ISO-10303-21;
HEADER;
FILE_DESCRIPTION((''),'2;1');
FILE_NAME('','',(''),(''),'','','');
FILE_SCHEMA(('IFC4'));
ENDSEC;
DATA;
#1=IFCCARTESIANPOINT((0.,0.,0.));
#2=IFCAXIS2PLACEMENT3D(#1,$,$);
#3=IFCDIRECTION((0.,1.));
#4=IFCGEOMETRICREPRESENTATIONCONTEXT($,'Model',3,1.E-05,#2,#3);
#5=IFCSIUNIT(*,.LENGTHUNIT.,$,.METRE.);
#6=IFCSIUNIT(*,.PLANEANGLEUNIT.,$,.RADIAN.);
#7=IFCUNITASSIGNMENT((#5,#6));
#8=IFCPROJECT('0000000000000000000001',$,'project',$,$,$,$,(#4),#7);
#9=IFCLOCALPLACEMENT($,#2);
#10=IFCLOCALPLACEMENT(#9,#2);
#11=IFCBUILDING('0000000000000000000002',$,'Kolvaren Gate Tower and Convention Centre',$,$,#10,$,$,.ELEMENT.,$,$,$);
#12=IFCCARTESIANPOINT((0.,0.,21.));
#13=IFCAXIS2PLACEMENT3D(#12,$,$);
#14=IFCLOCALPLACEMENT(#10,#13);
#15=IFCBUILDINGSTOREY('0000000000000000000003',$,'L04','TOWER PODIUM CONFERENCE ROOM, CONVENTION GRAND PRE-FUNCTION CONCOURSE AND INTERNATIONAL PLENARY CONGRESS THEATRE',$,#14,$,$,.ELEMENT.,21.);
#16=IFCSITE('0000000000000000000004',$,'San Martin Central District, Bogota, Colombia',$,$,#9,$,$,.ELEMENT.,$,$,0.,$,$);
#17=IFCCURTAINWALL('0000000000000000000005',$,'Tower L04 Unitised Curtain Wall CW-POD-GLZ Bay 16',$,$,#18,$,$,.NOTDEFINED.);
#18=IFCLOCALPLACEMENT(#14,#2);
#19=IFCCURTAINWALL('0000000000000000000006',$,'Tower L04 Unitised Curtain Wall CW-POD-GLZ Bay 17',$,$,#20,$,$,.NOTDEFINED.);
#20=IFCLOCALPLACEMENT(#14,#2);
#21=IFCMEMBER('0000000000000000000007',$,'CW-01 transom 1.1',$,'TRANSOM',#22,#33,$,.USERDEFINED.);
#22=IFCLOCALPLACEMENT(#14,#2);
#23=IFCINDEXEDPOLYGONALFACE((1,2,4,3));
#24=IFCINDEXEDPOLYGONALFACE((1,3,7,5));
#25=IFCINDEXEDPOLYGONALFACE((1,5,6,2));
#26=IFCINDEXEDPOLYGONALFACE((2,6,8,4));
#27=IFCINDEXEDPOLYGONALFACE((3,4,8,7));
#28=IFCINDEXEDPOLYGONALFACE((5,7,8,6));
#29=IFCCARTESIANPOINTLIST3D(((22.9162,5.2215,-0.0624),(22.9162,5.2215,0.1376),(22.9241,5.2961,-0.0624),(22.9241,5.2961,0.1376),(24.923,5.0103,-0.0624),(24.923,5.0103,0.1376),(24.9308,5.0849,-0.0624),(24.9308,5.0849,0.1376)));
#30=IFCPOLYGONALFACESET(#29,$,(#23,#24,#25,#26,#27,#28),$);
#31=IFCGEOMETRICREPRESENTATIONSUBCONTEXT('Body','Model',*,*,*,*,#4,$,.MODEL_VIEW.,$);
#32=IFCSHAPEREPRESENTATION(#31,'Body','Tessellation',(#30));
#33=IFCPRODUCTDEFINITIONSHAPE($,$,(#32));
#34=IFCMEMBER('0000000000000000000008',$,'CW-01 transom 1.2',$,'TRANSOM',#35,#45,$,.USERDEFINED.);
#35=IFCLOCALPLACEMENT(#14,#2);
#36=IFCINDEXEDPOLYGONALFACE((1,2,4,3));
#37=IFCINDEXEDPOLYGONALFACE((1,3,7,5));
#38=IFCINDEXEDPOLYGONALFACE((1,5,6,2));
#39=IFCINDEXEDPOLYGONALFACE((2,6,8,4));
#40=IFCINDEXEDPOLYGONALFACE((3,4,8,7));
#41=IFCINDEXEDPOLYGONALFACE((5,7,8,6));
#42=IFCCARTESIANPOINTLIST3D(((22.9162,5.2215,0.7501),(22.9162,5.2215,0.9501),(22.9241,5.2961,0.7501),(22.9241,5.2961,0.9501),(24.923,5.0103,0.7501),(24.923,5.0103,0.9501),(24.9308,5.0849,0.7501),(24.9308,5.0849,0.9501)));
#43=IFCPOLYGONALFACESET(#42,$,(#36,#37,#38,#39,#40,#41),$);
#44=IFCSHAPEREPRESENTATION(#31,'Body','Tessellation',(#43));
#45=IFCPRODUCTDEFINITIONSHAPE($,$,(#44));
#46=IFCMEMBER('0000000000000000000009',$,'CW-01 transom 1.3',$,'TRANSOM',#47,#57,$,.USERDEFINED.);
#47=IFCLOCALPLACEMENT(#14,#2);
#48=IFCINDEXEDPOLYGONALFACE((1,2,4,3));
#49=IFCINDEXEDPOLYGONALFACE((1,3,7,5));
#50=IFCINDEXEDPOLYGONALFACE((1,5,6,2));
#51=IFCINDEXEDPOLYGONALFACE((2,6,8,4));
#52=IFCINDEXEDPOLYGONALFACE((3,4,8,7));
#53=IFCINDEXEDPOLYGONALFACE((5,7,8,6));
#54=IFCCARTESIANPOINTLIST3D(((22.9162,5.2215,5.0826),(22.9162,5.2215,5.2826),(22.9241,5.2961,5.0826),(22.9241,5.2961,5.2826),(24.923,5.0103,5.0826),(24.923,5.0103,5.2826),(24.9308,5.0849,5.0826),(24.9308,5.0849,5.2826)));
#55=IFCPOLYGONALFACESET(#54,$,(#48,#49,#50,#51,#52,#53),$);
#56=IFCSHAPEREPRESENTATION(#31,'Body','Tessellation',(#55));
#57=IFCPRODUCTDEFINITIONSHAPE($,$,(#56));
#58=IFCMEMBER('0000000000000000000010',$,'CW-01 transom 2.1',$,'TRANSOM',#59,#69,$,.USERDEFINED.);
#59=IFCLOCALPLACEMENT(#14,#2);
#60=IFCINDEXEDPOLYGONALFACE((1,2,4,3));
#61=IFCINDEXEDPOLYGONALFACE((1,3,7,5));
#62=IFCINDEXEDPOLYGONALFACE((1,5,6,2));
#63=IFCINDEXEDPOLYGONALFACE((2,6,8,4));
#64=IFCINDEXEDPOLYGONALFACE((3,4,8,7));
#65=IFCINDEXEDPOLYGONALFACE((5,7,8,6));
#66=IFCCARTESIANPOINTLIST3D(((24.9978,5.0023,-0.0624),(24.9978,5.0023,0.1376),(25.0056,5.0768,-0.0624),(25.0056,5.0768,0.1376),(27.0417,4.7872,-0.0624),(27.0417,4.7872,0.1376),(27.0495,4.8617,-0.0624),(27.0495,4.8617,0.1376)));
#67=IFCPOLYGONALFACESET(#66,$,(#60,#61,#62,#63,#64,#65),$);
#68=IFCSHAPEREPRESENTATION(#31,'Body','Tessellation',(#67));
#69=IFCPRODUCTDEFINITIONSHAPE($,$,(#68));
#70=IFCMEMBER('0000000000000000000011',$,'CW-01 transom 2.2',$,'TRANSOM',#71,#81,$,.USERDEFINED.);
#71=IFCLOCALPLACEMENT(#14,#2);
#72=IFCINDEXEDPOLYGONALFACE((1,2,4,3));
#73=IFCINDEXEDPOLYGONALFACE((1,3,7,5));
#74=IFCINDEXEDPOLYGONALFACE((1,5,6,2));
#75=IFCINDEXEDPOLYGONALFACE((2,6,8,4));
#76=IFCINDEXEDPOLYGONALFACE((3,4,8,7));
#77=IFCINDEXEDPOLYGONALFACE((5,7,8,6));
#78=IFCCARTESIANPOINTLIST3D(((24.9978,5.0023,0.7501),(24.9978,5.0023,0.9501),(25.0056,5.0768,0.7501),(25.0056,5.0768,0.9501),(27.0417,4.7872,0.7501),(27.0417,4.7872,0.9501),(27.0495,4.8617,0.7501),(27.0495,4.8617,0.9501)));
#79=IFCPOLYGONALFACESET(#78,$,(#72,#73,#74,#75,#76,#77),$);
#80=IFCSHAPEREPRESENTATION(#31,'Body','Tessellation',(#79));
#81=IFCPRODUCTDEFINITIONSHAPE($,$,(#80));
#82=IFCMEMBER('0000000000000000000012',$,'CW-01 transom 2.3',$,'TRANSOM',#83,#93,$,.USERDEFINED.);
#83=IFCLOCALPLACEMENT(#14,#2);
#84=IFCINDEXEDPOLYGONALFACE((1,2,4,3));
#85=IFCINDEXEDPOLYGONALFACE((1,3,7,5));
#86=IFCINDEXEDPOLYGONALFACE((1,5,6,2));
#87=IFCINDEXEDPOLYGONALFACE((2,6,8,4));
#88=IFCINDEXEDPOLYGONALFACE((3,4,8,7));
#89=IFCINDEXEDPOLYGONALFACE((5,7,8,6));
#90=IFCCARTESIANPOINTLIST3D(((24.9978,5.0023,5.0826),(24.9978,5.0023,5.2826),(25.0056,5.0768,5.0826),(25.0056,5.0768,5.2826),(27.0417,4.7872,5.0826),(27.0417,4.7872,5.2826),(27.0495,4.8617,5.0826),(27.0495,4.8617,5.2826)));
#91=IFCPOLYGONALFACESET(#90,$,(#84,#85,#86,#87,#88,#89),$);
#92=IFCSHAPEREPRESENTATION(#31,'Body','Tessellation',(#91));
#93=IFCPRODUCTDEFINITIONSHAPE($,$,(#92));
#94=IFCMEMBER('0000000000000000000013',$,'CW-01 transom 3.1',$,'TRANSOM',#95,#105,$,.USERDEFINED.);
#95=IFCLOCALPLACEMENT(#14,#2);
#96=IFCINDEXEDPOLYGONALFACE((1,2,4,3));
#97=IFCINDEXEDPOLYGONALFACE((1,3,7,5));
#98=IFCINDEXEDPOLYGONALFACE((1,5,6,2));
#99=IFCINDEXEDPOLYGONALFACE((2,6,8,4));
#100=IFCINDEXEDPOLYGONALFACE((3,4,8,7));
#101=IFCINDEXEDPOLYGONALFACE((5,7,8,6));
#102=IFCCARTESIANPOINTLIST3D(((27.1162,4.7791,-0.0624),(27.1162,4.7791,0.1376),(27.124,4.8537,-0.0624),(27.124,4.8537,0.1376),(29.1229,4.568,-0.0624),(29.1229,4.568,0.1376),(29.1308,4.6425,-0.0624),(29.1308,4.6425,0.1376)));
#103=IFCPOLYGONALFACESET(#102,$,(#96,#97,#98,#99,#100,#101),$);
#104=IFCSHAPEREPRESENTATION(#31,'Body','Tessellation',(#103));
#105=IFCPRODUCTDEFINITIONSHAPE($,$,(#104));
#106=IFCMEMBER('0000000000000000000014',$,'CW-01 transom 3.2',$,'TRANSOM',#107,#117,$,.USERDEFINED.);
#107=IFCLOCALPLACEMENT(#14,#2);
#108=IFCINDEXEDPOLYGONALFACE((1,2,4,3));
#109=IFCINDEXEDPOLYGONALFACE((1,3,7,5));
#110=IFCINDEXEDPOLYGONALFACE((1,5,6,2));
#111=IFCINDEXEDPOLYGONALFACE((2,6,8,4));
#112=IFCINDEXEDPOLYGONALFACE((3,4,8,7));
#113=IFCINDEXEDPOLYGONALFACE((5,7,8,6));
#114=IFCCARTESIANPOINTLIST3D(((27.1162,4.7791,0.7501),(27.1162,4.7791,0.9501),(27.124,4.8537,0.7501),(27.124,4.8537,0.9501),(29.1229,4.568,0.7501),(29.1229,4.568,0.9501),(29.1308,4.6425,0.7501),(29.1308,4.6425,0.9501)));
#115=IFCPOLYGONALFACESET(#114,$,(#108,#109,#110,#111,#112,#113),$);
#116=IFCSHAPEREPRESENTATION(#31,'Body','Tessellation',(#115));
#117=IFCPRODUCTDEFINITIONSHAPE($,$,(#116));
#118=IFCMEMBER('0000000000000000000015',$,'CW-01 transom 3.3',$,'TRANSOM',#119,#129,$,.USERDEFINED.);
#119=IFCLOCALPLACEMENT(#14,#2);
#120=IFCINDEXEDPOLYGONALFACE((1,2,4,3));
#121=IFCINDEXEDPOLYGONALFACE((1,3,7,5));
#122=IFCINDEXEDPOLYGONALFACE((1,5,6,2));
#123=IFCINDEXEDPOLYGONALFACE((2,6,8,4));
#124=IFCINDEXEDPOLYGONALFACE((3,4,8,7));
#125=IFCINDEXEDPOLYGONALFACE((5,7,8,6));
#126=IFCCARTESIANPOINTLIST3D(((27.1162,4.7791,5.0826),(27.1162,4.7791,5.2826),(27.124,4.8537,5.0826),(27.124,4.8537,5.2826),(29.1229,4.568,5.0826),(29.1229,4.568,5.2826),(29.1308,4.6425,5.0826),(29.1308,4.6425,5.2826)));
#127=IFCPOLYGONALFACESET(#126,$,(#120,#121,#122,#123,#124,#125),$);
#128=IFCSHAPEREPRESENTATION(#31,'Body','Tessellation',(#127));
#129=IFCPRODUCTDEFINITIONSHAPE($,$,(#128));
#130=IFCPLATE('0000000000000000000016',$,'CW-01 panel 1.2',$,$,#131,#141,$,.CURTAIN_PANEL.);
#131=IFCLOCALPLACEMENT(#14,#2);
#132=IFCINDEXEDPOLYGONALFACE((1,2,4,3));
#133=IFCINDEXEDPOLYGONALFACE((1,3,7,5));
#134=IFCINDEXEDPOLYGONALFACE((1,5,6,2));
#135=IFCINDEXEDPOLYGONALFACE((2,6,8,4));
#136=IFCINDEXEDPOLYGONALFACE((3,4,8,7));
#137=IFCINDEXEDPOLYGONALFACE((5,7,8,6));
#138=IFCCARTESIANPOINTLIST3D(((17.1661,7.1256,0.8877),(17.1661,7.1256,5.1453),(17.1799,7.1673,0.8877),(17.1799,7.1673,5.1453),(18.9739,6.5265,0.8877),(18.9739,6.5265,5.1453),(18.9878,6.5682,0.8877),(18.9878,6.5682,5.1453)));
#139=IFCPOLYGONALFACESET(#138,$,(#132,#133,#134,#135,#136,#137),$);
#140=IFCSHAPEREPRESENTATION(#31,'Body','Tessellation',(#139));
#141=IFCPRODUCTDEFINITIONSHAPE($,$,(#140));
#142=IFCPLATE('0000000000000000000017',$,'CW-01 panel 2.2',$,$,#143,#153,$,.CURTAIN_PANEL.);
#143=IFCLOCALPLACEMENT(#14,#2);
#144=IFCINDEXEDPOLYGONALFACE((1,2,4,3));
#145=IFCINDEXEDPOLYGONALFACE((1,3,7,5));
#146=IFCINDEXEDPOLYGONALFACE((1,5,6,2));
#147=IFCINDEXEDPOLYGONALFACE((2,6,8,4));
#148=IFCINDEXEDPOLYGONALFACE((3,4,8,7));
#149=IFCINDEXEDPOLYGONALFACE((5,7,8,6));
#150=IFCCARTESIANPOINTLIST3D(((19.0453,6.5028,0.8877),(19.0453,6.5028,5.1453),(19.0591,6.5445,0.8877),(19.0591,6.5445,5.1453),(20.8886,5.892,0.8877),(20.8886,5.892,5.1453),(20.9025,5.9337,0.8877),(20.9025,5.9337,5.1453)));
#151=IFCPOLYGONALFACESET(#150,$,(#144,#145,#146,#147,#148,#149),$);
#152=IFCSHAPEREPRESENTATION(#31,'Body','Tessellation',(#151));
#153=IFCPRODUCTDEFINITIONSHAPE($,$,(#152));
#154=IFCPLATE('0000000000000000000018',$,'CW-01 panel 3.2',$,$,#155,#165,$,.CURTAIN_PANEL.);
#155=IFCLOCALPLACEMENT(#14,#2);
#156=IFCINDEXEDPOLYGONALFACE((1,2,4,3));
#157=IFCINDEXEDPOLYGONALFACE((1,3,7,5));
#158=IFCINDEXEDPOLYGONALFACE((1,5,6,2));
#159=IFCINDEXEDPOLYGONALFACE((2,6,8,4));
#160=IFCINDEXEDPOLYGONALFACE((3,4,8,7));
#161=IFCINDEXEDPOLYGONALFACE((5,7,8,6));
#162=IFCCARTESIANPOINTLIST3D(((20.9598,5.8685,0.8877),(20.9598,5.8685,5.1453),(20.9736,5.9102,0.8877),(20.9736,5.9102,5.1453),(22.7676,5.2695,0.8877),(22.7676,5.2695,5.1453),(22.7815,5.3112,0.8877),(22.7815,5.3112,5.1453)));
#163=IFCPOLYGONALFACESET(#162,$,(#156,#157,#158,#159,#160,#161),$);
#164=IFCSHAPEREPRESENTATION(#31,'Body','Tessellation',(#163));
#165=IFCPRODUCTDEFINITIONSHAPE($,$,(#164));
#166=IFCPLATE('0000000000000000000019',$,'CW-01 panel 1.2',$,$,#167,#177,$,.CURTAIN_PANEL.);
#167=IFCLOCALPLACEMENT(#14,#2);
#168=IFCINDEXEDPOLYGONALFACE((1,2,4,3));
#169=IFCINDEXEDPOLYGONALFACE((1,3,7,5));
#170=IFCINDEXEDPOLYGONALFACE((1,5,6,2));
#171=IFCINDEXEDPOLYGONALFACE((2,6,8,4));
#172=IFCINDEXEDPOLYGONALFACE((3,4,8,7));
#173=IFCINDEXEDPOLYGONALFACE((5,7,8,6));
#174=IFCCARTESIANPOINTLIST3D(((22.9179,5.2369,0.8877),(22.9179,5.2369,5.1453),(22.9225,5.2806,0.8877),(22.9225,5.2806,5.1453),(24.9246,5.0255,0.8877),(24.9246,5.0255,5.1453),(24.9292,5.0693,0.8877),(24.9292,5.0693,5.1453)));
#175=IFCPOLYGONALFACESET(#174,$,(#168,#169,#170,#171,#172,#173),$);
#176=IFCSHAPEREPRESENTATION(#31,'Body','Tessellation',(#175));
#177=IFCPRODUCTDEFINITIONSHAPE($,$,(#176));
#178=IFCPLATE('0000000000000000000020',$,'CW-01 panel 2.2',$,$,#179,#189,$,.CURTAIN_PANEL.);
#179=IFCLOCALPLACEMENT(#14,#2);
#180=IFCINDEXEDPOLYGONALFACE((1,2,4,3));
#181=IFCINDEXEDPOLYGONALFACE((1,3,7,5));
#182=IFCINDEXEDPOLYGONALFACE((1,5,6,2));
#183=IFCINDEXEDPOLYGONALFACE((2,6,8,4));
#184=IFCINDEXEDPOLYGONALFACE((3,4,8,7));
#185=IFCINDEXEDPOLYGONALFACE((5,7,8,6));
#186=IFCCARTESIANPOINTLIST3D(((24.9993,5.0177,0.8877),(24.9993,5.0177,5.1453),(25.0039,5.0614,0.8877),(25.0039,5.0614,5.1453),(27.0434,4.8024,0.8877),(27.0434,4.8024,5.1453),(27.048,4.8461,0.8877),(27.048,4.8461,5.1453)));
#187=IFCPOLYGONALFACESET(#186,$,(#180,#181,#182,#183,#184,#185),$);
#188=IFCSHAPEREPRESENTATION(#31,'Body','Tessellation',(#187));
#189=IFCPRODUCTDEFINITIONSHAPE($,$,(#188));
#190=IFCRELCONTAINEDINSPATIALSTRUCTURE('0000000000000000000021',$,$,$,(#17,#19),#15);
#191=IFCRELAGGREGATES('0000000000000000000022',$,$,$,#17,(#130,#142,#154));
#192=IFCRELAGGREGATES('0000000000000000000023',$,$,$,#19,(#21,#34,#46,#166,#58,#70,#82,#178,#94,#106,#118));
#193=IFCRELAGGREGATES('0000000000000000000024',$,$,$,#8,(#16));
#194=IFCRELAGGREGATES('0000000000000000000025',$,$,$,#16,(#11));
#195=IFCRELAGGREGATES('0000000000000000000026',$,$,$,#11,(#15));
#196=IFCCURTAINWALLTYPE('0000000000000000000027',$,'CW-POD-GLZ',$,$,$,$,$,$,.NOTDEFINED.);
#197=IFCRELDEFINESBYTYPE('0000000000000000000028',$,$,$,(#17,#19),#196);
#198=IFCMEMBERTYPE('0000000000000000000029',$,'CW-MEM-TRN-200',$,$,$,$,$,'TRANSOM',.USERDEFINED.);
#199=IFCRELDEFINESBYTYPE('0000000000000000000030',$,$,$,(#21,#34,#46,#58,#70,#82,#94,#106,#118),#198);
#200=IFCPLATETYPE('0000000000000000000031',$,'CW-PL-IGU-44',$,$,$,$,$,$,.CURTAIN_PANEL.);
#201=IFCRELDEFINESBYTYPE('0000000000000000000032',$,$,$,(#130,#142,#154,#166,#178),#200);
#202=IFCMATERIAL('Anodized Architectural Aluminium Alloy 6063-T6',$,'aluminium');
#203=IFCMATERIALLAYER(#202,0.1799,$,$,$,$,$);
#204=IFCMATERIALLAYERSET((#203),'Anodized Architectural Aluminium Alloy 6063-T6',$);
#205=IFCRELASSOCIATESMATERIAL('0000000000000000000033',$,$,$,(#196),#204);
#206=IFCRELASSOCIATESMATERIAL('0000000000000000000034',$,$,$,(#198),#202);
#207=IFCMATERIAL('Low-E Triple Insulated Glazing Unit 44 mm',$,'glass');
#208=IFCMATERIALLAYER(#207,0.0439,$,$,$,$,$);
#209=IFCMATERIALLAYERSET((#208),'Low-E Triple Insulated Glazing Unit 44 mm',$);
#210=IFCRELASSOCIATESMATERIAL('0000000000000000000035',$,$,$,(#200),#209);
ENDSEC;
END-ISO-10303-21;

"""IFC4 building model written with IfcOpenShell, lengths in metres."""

from ifc_helpers import new_model, si_unit, direction, frame, origin, origin_2d, place, context, subcontext, project, spatial, rectangle, extrude, material, layer, layer_set, material_profile, profile_set, type_object, element, aggregate, save


model = new_model("IFC4")

# Units and contexts
model_context = context("Model", 3, precision=1e-05, world=origin(), true_north=direction((0.0, 1.0)))
body_context = subcontext(model_context, "Body", "Model", "MODEL_VIEW")
ifc_project = project(units=[si_unit("LENGTHUNIT", "METRE"), si_unit("PLANEANGLEUNIT", "RADIAN")], contexts=[model_context])

# Site, building, storey
site_placement = place(None, origin())
site = spatial("IfcSite", under=ifc_project, at=site_placement, Name="San Martin Central District, Bogota, Colombia", CompositionType="ELEMENT", RefElevation=0.0)
building_placement = place(site_placement, origin())
building = spatial("IfcBuilding", under=site, at=building_placement, Name="Kolvaren Gate Tower and Convention Centre", CompositionType="ELEMENT")
storey_placement = place(building_placement, frame((0.0, 0.0, 21.0)))
storey = spatial("IfcBuildingStorey", under=building, at=storey_placement, Name="L04", Description="TOWER PODIUM CONFERENCE ROOM, CONVENTION GRAND PRE-FUNCTION CONCOURSE AND INTERNATIONAL PLENARY CONGRESS THEATRE", CompositionType="ELEMENT", Elevation=21.0)

# Curtain walls
ifc_material_1 = material(Name="Anodized Architectural Aluminium Alloy 6063-T6", Category="aluminium")
ifc_layer_1 = layer(ifc_material_1, 0.1799)
ifc_layer_set_1 = layer_set([ifc_layer_1], Name="Anodized Architectural Aluminium Alloy 6063-T6")
curtain_wall_type = type_object("IfcCurtainWallType", Name="CW-POD-GLZ", PredefinedType="NOTDEFINED", material=ifc_layer_set_1)
curtain_wall_1_placement = place(storey_placement, origin())
curtain_wall_1 = element("IfcCurtainWall", 1, at=curtain_wall_1_placement, inside=storey, type_object=curtain_wall_type, Name="Tower L04 Unitised Curtain Wall CW-POD-GLZ Bay 16", PredefinedType="NOTDEFINED")
curtain_wall_2_placement = place(storey_placement, origin())
curtain_wall_2 = element("IfcCurtainWall", 2, at=curtain_wall_2_placement, inside=storey, type_object=curtain_wall_type, Name="Tower L04 Unitised Curtain Wall CW-POD-GLZ Bay 17", PredefinedType="NOTDEFINED")

# Members
ifc_material_profile_1 = material_profile(ifc_material_1, rectangle(XDim=0.075, YDim=0.2, at=origin_2d()), Name="CW-MEM-TRN-200")
ifc_profile_set_1 = profile_set([ifc_material_profile_1], Name="Anodized Architectural Aluminium Alloy 6063-T6")
member_type_1 = type_object("IfcMemberType", Name="CW-MEM-TRN-200", ElementType="TRANSOM", PredefinedType="USERDEFINED", material=ifc_profile_set_1)
member_1_placement = place(storey_placement, frame((22.9202, 5.2588, 0.0376), z_axis=(0.994509, -0.104653, 0.0), x_axis=(0.104653, 0.994509, 0.0)))
member_1 = element("IfcMember", 3, at=member_1_placement, type_object=member_type_1, Name="CW-01 transom 1.1", ObjectType="TRANSOM", PredefinedType="USERDEFINED", context=body_context, shape_type="SweptSolid", body=[
    extrude(rectangle(XDim=0.075, YDim=0.2, at=origin_2d()), origin(), (0.0, 0.0, 1.0), 2.0178),
])
member_2_placement = place(storey_placement, frame((22.9202, 5.2588, 0.8501), z_axis=(0.994509, -0.104653, 0.0), x_axis=(0.104653, 0.994509, 0.0)))
member_2 = element("IfcMember", 4, at=member_2_placement, type_object=member_type_1, Name="CW-01 transom 1.2", ObjectType="TRANSOM", PredefinedType="USERDEFINED", context=body_context, shape_type="SweptSolid", body=[
    extrude(rectangle(XDim=0.075, YDim=0.2, at=origin_2d()), origin(), (0.0, 0.0, 1.0), 2.0178),
])
member_3_placement = place(storey_placement, frame((22.9202, 5.2588, 5.1826), z_axis=(0.994509, -0.104653, 0.0), x_axis=(0.104653, 0.994509, 0.0)))
member_3 = element("IfcMember", 5, at=member_3_placement, type_object=member_type_1, Name="CW-01 transom 1.3", ObjectType="TRANSOM", PredefinedType="USERDEFINED", context=body_context, shape_type="SweptSolid", body=[
    extrude(rectangle(XDim=0.075, YDim=0.2, at=origin_2d()), origin(), (0.0, 0.0, 1.0), 2.0178),
])
member_4_placement = place(storey_placement, frame((25.0017, 5.0396, 0.0376), z_axis=(0.994509, -0.104654, 0.0), x_axis=(0.104654, 0.994509, 0.0)))
member_4 = element("IfcMember", 6, at=member_4_placement, type_object=member_type_1, Name="CW-01 transom 2.1", ObjectType="TRANSOM", PredefinedType="USERDEFINED", context=body_context, shape_type="SweptSolid", body=[
    extrude(rectangle(XDim=0.075, YDim=0.2, at=origin_2d()), origin(), (0.0, 0.0, 1.0), 2.0552),
])
member_5_placement = place(storey_placement, frame((25.0017, 5.0396, 0.8501), z_axis=(0.994509, -0.104654, 0.0), x_axis=(0.104654, 0.994509, 0.0)))
member_5 = element("IfcMember", 7, at=member_5_placement, type_object=member_type_1, Name="CW-01 transom 2.2", ObjectType="TRANSOM", PredefinedType="USERDEFINED", context=body_context, shape_type="SweptSolid", body=[
    extrude(rectangle(XDim=0.075, YDim=0.2, at=origin_2d()), origin(), (0.0, 0.0, 1.0), 2.0552),
])
member_6_placement = place(storey_placement, frame((25.0017, 5.0396, 5.1826), z_axis=(0.994509, -0.104654, 0.0), x_axis=(0.104654, 0.994509, 0.0)))
member_6 = element("IfcMember", 8, at=member_6_placement, type_object=member_type_1, Name="CW-01 transom 2.3", ObjectType="TRANSOM", PredefinedType="USERDEFINED", context=body_context, shape_type="SweptSolid", body=[
    extrude(rectangle(XDim=0.075, YDim=0.2, at=origin_2d()), origin(), (0.0, 0.0, 1.0), 2.0552),
])
member_7_placement = place(storey_placement, frame((27.1201, 4.8164, 0.0376), z_axis=(0.994509, -0.104653, 0.0), x_axis=(0.104653, 0.994509, 0.0)))
member_7 = element("IfcMember", 9, at=member_7_placement, type_object=member_type_1, Name="CW-01 transom 3.1", ObjectType="TRANSOM", PredefinedType="USERDEFINED", context=body_context, shape_type="SweptSolid", body=[
    extrude(rectangle(XDim=0.075, YDim=0.2, at=origin_2d()), origin(), (0.0, 0.0, 1.0), 2.0178),
])
member_8_placement = place(storey_placement, frame((27.1201, 4.8164, 0.8501), z_axis=(0.994509, -0.104653, 0.0), x_axis=(0.104653, 0.994509, 0.0)))
member_8 = element("IfcMember", 10, at=member_8_placement, type_object=member_type_1, Name="CW-01 transom 3.2", ObjectType="TRANSOM", PredefinedType="USERDEFINED", context=body_context, shape_type="SweptSolid", body=[
    extrude(rectangle(XDim=0.075, YDim=0.2, at=origin_2d()), origin(), (0.0, 0.0, 1.0), 2.0178),
])
member_9_placement = place(storey_placement, frame((27.1201, 4.8164, 5.1826), z_axis=(0.994509, -0.104653, 0.0), x_axis=(0.104653, 0.994509, 0.0)))
member_9 = element("IfcMember", 11, at=member_9_placement, type_object=member_type_1, Name="CW-01 transom 3.3", ObjectType="TRANSOM", PredefinedType="USERDEFINED", context=body_context, shape_type="SweptSolid", body=[
    extrude(rectangle(XDim=0.075, YDim=0.2, at=origin_2d()), origin(), (0.0, 0.0, 1.0), 2.0178),
])

# Plates
ifc_material_2 = material(Name="Low-E Triple Insulated Glazing Unit 44 mm", Category="glass")
ifc_layer_2 = layer(ifc_material_2, 0.0439)
ifc_layer_set_2 = layer_set([ifc_layer_2], Name="Low-E Triple Insulated Glazing Unit 44 mm")
plate_type_1 = type_object("IfcPlateType", Name="CW-PL-IGU-44", PredefinedType="CURTAIN_PANEL", material=ifc_layer_set_2)
plate_1_placement = place(storey_placement, frame((18.0769, 6.8469, 0.8877), z_axis=(0.0, 0.0, 1.0), x_axis=(0.949242, -0.314547, 0.0)))
plate_1 = element("IfcPlate", 12, at=plate_1_placement, type_object=plate_type_1, Name="CW-01 panel 1.2", PredefinedType="CURTAIN_PANEL", context=body_context, shape_type="SweptSolid", body=[
    extrude(rectangle(XDim=1.9045, YDim=0.0439, at=origin_2d()), origin(), (0.0, 0.0, 1.0), 4.2576),
])
plate_2_placement = place(storey_placement, frame((19.9739, 6.2183, 0.8877), z_axis=(0.0, 0.0, 1.0), x_axis=(0.949242, -0.314547, 0.0)))
plate_2 = element("IfcPlate", 13, at=plate_2_placement, type_object=plate_type_1, Name="CW-01 panel 2.2", PredefinedType="CURTAIN_PANEL", context=body_context, shape_type="SweptSolid", body=[
    extrude(rectangle(XDim=1.9419, YDim=0.0439, at=origin_2d()), origin(), (0.0, 0.0, 1.0), 4.2576),
])
plate_3_placement = place(storey_placement, frame((21.8706, 5.5898, 0.8877), z_axis=(0.0, 0.0, 1.0), x_axis=(0.949242, -0.314547, 0.0)))
plate_3 = element("IfcPlate", 14, at=plate_3_placement, type_object=plate_type_1, Name="CW-01 panel 3.2", PredefinedType="CURTAIN_PANEL", context=body_context, shape_type="SweptSolid", body=[
    extrude(rectangle(XDim=1.9045, YDim=0.0439, at=origin_2d()), origin(), (0.0, 0.0, 1.0), 4.2576),
])
plate_4_placement = place(storey_placement, frame((23.9236, 5.1531, 0.8877), z_axis=(0.0, 0.0, 1.0), x_axis=(0.994499, -0.104742, 0.0)))
plate_4 = element("IfcPlate", 15, at=plate_4_placement, type_object=plate_type_1, Name="CW-01 panel 1.2", PredefinedType="CURTAIN_PANEL", context=body_context, shape_type="SweptSolid", body=[
    extrude(rectangle(XDim=2.0178, YDim=0.0439, at=origin_2d()), origin(), (0.0, 0.0, 1.0), 4.2576),
])
plate_5_placement = place(storey_placement, frame((26.0237, 4.9319, 0.8877), z_axis=(0.0, 0.0, 1.0), x_axis=(0.994499, -0.104742, 0.0)))
plate_5 = element("IfcPlate", 16, at=plate_5_placement, type_object=plate_type_1, Name="CW-01 panel 2.2", PredefinedType="CURTAIN_PANEL", context=body_context, shape_type="SweptSolid", body=[
    extrude(rectangle(XDim=2.0554, YDim=0.0439, at=origin_2d()), origin(), (0.0, 0.0, 1.0), 4.2576),
])
aggregate(curtain_wall_1, [plate_1, plate_2, plate_3])
aggregate(curtain_wall_2, [member_1, member_2, member_3, plate_4, member_4, member_5, member_6, plate_5, member_7, member_8, member_9])

save(model, "model.ifc")
